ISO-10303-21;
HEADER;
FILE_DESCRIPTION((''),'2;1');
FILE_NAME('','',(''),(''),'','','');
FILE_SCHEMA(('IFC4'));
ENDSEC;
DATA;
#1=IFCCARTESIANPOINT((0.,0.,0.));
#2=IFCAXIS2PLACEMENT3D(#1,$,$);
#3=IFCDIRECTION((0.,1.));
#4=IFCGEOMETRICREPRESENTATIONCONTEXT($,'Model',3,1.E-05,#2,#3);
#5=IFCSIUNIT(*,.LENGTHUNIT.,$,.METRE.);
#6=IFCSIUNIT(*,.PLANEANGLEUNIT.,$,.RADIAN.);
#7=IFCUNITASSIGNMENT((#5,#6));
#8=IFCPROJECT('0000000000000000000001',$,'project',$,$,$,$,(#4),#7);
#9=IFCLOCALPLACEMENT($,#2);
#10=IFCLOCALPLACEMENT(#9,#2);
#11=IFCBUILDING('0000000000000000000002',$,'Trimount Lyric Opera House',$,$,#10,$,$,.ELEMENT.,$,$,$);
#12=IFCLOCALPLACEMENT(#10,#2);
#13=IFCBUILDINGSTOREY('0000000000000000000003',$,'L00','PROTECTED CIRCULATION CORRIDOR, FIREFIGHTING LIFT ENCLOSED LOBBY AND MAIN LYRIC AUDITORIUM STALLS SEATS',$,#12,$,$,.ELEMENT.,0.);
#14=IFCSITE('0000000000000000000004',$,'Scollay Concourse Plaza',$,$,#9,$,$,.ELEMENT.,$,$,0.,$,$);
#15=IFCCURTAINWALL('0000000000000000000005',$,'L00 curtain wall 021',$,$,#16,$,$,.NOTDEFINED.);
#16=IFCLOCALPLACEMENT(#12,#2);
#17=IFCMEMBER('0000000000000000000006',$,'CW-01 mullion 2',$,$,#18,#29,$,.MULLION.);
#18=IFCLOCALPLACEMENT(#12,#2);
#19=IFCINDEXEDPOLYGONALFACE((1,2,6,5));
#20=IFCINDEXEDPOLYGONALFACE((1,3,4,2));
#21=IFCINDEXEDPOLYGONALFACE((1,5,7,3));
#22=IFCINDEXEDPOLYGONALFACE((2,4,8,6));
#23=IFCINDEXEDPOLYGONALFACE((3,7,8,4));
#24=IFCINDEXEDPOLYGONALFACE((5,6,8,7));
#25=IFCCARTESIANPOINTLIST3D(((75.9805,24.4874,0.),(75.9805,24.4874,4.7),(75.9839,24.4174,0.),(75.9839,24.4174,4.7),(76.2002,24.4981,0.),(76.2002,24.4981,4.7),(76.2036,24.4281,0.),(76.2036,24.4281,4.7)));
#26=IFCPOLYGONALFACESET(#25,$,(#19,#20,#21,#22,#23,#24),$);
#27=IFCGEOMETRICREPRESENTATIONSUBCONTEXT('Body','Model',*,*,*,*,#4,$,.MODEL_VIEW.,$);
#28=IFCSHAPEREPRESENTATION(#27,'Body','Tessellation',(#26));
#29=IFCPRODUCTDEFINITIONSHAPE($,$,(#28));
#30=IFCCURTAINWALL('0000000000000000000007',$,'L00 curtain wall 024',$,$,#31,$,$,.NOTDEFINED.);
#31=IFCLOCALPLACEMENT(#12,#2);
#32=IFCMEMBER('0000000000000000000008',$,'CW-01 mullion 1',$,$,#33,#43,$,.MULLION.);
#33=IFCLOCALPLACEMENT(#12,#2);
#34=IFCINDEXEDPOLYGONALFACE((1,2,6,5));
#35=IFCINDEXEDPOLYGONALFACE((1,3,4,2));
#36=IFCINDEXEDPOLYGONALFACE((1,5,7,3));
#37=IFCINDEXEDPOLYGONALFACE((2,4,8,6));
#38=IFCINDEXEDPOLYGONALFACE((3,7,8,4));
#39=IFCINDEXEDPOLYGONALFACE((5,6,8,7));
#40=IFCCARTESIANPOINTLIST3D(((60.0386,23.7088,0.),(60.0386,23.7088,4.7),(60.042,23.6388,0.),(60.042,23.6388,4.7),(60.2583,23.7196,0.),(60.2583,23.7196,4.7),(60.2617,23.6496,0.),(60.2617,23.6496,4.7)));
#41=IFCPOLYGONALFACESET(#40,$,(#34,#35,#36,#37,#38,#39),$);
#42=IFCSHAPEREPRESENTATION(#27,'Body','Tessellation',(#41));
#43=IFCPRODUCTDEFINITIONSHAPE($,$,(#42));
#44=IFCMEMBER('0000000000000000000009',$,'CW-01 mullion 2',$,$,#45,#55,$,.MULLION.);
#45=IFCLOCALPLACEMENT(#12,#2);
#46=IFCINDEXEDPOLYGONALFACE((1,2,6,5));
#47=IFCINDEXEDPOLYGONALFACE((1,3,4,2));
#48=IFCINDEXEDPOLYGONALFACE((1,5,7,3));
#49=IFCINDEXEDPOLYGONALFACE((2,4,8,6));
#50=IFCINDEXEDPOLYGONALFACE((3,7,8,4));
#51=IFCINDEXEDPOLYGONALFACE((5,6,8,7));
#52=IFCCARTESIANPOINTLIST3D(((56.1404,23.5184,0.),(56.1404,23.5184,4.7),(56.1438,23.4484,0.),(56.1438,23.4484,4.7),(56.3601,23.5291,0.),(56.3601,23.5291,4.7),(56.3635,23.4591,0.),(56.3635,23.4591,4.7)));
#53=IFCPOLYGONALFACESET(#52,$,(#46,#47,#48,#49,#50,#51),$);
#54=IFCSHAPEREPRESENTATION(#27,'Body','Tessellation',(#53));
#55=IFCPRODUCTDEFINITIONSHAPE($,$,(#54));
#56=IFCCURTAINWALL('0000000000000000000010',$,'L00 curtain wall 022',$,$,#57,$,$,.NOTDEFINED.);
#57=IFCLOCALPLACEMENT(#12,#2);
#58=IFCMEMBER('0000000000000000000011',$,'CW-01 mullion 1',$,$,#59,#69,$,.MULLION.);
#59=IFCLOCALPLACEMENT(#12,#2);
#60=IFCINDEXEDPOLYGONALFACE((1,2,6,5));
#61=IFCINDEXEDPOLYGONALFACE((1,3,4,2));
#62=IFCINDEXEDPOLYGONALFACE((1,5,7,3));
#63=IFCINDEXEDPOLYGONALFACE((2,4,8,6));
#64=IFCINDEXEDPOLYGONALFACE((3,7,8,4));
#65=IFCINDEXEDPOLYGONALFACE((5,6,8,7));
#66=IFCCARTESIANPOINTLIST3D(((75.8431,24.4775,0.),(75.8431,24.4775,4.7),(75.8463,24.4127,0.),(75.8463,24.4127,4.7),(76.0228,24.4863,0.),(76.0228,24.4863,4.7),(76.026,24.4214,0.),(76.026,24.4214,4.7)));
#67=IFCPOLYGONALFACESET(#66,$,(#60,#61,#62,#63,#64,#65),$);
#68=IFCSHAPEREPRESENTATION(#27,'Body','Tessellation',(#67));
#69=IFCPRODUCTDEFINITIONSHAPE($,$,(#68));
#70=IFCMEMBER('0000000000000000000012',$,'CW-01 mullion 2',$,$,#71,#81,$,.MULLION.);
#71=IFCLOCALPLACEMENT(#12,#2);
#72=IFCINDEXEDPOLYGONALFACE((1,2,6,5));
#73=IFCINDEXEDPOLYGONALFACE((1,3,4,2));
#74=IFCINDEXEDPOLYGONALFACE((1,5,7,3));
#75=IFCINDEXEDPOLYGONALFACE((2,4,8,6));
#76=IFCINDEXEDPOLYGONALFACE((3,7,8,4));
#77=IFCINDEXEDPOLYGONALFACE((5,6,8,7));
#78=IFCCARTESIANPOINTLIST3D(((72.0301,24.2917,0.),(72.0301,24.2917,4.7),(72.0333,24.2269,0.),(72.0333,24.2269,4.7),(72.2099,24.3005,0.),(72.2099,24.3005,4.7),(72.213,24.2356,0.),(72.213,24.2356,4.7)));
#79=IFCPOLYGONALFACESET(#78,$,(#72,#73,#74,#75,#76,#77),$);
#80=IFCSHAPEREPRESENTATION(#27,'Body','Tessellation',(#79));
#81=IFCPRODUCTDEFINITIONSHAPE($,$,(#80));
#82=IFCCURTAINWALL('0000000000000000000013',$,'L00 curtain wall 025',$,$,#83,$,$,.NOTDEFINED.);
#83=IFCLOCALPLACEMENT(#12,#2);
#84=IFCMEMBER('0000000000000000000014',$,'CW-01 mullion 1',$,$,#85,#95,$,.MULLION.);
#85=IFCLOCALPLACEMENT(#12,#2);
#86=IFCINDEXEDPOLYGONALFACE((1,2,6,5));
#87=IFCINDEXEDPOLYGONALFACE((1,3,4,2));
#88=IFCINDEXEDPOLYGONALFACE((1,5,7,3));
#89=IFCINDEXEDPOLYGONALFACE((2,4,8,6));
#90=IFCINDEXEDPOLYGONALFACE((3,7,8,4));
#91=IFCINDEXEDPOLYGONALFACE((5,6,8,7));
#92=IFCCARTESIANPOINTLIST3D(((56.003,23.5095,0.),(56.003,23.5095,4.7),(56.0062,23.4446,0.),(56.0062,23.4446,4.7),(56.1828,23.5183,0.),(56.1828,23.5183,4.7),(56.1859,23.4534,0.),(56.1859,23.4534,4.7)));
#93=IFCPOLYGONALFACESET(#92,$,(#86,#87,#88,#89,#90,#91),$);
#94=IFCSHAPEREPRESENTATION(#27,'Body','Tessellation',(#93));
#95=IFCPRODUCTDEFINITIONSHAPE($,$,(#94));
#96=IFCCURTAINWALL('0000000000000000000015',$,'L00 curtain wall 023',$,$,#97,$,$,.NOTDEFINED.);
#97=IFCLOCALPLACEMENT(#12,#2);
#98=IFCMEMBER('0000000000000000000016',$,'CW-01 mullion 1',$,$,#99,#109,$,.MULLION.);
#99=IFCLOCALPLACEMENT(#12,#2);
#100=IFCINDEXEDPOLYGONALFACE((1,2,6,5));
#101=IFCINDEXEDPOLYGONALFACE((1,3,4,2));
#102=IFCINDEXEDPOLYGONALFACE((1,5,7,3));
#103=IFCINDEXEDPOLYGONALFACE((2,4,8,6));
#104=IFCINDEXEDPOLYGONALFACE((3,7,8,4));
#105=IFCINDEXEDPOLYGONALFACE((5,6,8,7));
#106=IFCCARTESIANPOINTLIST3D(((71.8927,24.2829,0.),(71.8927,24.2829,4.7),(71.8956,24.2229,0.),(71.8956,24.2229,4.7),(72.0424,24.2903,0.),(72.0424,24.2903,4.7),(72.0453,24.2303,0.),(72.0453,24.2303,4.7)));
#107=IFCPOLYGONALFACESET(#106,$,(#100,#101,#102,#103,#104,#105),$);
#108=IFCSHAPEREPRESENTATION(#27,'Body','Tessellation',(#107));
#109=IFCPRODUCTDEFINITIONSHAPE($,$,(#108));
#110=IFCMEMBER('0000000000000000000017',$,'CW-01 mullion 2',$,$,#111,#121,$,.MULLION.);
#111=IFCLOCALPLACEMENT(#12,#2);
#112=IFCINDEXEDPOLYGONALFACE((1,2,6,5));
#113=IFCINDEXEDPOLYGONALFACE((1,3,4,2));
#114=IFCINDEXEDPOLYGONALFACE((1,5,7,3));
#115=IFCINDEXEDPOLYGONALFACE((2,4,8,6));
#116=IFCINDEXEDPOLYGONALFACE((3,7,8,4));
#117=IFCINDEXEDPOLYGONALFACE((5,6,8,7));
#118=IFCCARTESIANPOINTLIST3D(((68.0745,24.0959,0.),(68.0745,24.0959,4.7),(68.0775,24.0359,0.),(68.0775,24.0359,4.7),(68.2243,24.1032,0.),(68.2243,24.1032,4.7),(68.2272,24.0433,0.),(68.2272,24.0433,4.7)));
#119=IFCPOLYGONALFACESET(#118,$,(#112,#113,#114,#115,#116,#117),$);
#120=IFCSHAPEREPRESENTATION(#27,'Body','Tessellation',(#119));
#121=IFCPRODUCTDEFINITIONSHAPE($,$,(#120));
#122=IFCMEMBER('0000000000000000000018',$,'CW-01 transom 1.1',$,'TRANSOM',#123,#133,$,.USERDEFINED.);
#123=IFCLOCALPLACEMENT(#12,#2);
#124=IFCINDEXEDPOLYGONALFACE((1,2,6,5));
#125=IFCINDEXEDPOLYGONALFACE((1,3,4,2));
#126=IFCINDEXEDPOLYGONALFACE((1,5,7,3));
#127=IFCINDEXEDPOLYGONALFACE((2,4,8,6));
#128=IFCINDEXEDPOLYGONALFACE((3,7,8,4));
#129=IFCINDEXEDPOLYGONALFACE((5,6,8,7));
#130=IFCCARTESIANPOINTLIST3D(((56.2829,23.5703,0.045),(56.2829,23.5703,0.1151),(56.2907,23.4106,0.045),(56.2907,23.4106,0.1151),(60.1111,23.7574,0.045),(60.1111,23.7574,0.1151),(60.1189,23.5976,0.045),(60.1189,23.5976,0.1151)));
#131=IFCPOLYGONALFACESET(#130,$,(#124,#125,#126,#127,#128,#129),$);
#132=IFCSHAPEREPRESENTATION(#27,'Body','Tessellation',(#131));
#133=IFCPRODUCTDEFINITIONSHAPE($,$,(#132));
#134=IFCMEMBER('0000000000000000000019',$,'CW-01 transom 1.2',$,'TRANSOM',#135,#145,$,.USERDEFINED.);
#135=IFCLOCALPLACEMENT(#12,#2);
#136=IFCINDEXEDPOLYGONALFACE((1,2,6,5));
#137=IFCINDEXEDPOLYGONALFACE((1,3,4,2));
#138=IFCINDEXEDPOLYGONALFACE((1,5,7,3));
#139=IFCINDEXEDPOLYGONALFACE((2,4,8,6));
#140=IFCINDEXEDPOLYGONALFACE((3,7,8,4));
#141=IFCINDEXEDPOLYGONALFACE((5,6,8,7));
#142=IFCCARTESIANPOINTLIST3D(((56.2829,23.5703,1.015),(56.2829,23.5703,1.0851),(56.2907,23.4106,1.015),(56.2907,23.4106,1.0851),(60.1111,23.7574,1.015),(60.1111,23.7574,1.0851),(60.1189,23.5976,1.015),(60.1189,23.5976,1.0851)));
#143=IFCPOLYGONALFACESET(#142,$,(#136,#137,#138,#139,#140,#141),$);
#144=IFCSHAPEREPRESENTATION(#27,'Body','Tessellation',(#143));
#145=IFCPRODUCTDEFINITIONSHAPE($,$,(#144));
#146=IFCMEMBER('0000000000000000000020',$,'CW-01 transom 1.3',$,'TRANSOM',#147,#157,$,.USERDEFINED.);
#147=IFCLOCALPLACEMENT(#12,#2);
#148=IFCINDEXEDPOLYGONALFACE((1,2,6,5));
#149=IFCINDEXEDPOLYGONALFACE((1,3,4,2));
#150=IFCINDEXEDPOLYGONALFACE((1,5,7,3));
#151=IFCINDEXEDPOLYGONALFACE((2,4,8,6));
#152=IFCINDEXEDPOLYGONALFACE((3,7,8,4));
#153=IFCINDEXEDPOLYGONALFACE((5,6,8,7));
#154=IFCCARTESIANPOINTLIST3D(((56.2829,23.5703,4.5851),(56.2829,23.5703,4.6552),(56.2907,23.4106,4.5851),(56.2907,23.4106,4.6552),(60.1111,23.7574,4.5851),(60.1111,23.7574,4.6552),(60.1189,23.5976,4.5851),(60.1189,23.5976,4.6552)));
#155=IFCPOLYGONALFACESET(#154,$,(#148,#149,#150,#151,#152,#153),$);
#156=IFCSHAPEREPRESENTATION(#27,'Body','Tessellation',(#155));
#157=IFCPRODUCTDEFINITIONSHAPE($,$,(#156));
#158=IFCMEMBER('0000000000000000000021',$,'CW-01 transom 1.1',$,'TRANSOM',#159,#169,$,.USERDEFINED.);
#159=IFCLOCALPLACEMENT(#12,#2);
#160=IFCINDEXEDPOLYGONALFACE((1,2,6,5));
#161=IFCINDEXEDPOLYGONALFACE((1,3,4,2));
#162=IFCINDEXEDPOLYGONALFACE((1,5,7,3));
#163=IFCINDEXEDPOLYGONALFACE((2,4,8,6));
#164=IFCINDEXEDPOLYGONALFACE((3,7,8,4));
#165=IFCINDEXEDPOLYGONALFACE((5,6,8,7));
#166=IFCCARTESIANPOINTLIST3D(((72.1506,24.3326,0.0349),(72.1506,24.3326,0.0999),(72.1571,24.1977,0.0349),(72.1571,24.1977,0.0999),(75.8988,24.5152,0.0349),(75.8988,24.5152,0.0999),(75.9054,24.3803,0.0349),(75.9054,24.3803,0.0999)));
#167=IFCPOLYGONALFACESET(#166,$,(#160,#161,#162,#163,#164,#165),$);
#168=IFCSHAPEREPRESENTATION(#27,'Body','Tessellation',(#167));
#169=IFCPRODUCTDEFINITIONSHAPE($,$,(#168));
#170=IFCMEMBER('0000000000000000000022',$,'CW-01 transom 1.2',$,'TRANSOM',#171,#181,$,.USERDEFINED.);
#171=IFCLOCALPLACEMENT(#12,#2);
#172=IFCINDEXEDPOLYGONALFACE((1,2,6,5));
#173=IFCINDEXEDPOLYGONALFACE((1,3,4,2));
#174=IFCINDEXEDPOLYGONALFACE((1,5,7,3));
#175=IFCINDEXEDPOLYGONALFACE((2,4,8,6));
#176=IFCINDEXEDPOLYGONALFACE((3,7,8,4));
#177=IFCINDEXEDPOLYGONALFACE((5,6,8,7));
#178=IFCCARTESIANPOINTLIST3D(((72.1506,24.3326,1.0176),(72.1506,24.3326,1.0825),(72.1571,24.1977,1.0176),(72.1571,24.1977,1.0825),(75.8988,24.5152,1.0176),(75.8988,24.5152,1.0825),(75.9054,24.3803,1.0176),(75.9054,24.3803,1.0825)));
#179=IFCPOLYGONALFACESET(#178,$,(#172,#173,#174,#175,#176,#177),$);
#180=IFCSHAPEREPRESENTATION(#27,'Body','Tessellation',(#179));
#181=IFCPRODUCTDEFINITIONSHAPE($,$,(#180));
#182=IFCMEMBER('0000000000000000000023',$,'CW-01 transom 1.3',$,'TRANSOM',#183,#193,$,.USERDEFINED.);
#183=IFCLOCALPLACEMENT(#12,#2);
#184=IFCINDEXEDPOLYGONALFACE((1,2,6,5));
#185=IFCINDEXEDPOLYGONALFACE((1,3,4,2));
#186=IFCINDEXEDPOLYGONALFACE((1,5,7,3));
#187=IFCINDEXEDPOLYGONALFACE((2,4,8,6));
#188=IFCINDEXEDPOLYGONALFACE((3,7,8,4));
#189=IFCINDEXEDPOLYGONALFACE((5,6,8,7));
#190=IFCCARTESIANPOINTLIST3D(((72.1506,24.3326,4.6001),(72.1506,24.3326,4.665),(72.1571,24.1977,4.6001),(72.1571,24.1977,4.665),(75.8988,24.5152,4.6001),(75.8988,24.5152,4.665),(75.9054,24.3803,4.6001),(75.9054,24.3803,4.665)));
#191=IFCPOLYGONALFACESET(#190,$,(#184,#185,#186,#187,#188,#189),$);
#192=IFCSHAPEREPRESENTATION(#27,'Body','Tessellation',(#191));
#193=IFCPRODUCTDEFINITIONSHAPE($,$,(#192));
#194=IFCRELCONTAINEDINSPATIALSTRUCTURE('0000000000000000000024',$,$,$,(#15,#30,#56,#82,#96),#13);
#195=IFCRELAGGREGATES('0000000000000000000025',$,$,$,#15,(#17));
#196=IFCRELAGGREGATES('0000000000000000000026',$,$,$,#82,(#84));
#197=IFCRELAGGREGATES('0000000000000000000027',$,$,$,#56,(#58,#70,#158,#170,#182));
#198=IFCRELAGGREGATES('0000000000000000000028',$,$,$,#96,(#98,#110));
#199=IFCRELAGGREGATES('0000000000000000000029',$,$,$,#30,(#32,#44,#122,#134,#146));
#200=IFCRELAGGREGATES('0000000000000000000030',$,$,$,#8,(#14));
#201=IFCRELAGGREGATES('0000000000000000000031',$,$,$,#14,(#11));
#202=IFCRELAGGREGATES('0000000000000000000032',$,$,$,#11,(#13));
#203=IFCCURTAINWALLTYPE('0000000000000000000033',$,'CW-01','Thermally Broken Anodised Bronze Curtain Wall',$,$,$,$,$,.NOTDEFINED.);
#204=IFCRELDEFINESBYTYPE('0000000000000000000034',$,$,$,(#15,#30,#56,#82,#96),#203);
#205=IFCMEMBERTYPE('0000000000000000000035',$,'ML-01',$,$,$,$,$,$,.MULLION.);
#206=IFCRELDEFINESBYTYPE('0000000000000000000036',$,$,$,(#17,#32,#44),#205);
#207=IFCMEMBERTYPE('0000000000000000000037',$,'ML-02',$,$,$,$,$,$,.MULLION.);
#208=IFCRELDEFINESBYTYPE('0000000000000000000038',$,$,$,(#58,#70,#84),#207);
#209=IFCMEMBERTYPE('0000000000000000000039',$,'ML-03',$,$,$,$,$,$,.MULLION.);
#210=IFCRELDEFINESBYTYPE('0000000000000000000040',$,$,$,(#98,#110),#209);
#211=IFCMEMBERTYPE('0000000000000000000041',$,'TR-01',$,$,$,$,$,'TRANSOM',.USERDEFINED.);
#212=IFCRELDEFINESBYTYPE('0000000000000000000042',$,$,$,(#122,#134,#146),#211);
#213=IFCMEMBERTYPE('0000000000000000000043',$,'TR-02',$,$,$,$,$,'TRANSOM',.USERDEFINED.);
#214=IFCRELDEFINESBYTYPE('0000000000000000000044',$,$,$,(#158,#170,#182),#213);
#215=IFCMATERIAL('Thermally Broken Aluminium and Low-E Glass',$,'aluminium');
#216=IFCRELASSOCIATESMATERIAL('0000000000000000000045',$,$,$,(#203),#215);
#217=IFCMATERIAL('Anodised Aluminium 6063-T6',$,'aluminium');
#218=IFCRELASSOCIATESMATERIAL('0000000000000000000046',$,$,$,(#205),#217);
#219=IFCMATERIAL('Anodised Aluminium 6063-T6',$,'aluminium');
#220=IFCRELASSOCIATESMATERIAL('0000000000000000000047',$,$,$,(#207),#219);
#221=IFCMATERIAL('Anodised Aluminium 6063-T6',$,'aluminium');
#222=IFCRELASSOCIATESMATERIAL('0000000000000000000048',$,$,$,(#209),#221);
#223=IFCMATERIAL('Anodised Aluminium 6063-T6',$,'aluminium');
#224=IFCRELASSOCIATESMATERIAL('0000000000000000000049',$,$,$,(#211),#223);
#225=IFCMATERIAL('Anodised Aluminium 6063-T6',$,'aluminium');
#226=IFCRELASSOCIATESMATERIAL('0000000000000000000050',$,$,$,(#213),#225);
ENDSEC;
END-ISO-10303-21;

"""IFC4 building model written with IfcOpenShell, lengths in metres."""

from ifc_helpers import new_model, si_unit, direction, frame, origin, origin_2d, place, context, subcontext, project, spatial, rectangle, extrude, material, material_profile, profile_set, type_object, element, aggregate, save


model = new_model("IFC4")

# Units and contexts
model_context = context("Model", 3, precision=1e-05, world=origin(), true_north=direction((0.0, 1.0)))
body_context = subcontext(model_context, "Body", "Model", "MODEL_VIEW")
ifc_project = project(units=[si_unit("LENGTHUNIT", "METRE"), si_unit("PLANEANGLEUNIT", "RADIAN")], contexts=[model_context])

# Site, building, storey
site_placement = place(None, origin())
site = spatial("IfcSite", under=ifc_project, at=site_placement, Name="Scollay Concourse Plaza", CompositionType="ELEMENT", RefElevation=0.0)
building_placement = place(site_placement, origin())
building = spatial("IfcBuilding", under=site, at=building_placement, Name="Trimount Lyric Opera House", CompositionType="ELEMENT")
storey_placement = place(building_placement, origin())
storey = spatial("IfcBuildingStorey", under=building, at=storey_placement, Name="L00", Description="PROTECTED CIRCULATION CORRIDOR, FIREFIGHTING LIFT ENCLOSED LOBBY AND MAIN LYRIC AUDITORIUM STALLS SEATS", CompositionType="ELEMENT", Elevation=0.0)

# Curtain wall, member
ifc_material_1 = material(Name="Thermally Broken Aluminium and Low-E Glass", Category="aluminium")
curtain_wall_type = type_object("IfcCurtainWallType", Name="CW-01", Description="Thermally Broken Anodised Bronze Curtain Wall", PredefinedType="NOTDEFINED", material=ifc_material_1)
curtain_wall_1_placement = place(storey_placement, origin())
curtain_wall_1 = element("IfcCurtainWall", 1, at=curtain_wall_1_placement, inside=storey, type_object=curtain_wall_type, Name="L00 curtain wall 021", PredefinedType="NOTDEFINED")
ifc_material_2 = material(Name="Anodised Aluminium 6063-T6", Category="aluminium")
ifc_material_profile_1 = material_profile(ifc_material_2, rectangle(XDim=0.0701, YDim=0.22, at=origin_2d()), Name="ALU-MULL-70X220")
ifc_profile_set_1 = profile_set([ifc_material_profile_1], Name="Anodised Aluminium 6063-T6")
member_type_1 = type_object("IfcMemberType", Name="ML-01", PredefinedType="MULLION", material=ifc_profile_set_1)
member_1_placement = place(storey_placement, frame((76.092, 24.4578, 0.0), z_axis=(0.0, 0.0, 1.0), x_axis=(0.048679, -0.998814, 0.0)))
member_1 = element("IfcMember", 2, at=member_1_placement, type_object=member_type_1, Name="CW-01 mullion 2", PredefinedType="MULLION", context=body_context, shape_type="SweptSolid", body=[
    extrude(rectangle(XDim=0.0701, YDim=0.22, at=origin_2d()), origin(), (0.0, 0.0, 1.0), 4.7),
])
aggregate(curtain_wall_1, [member_1])

# Curtain walls, members
curtain_wall_2_placement = place(storey_placement, origin())
curtain_wall_2 = element("IfcCurtainWall", 3, at=curtain_wall_2_placement, inside=storey, type_object=curtain_wall_type, Name="L00 curtain wall 024", PredefinedType="NOTDEFINED")
member_2_placement = place(storey_placement, frame((60.1501, 23.6792, 0.0), z_axis=(0.0, 0.0, 1.0), x_axis=(0.048833, -0.998807, 0.0)))
member_2 = element("IfcMember", 4, at=member_2_placement, type_object=member_type_1, Name="CW-01 mullion 1", PredefinedType="MULLION", context=body_context, shape_type="SweptSolid", body=[
    extrude(rectangle(XDim=0.0701, YDim=0.22, at=origin_2d()), origin(), (0.0, 0.0, 1.0), 4.7),
])
member_3_placement = place(storey_placement, frame((56.252, 23.4888, 0.0), z_axis=(0.0, 0.0, 1.0), x_axis=(0.048833, -0.998807, 0.0)))
member_3 = element("IfcMember", 5, at=member_3_placement, type_object=member_type_1, Name="CW-01 mullion 2", PredefinedType="MULLION", context=body_context, shape_type="SweptSolid", body=[
    extrude(rectangle(XDim=0.0701, YDim=0.22, at=origin_2d()), origin(), (0.0, 0.0, 1.0), 4.7),
])
curtain_wall_3_placement = place(storey_placement, origin())
curtain_wall_3 = element("IfcCurtainWall", 6, at=curtain_wall_3_placement, inside=storey, type_object=curtain_wall_type, Name="L00 curtain wall 022", PredefinedType="NOTDEFINED")
ifc_material_3 = material(Name="Anodised Aluminium 6063-T6", Category="aluminium")
ifc_material_profile_2 = material_profile(ifc_material_3, rectangle(XDim=0.0649, YDim=0.1799, at=origin_2d()), Name="ALU-MULL-65X180")
ifc_profile_set_2 = profile_set([ifc_material_profile_2], Name="Anodised Aluminium 6063-T6")
member_type_2 = type_object("IfcMemberType", Name="ML-02", PredefinedType="MULLION", material=ifc_profile_set_2)
member_4_placement = place(storey_placement, frame((75.9346, 24.4495, 0.0), z_axis=(0.0, 0.0, 1.0), x_axis=(0.048679, -0.998814, 0.0)))
member_4 = element("IfcMember", 7, at=member_4_placement, type_object=member_type_2, Name="CW-01 mullion 1", PredefinedType="MULLION", context=body_context, shape_type="SweptSolid", body=[
    extrude(rectangle(XDim=0.0649, YDim=0.1799, at=origin_2d()), origin(), (0.0, 0.0, 1.0), 4.7),
])
member_5_placement = place(storey_placement, frame((72.1216, 24.2637, 0.0), z_axis=(0.0, 0.0, 1.0), x_axis=(0.048679, -0.998814, 0.0)))
member_5 = element("IfcMember", 8, at=member_5_placement, type_object=member_type_2, Name="CW-01 mullion 2", PredefinedType="MULLION", context=body_context, shape_type="SweptSolid", body=[
    extrude(rectangle(XDim=0.0649, YDim=0.1799, at=origin_2d()), origin(), (0.0, 0.0, 1.0), 4.7),
])

# Curtain wall, member
curtain_wall_4_placement = place(storey_placement, origin())
curtain_wall_4 = element("IfcCurtainWall", 9, at=curtain_wall_4_placement, inside=storey, type_object=curtain_wall_type, Name="L00 curtain wall 025", PredefinedType="NOTDEFINED")
member_6_placement = place(storey_placement, frame((56.0945, 23.4814, 0.0), z_axis=(0.0, 0.0, 1.0), x_axis=(0.048679, -0.998814, 0.0)))
member_6 = element("IfcMember", 10, at=member_6_placement, type_object=member_type_2, Name="CW-01 mullion 1", PredefinedType="MULLION", context=body_context, shape_type="SweptSolid", body=[
    extrude(rectangle(XDim=0.0649, YDim=0.1799, at=origin_2d()), origin(), (0.0, 0.0, 1.0), 4.7),
])
aggregate(curtain_wall_4, [member_6])

# Curtain wall, members
curtain_wall_5_placement = place(storey_placement, origin())
curtain_wall_5 = element("IfcCurtainWall", 11, at=curtain_wall_5_placement, inside=storey, type_object=curtain_wall_type, Name="L00 curtain wall 023", PredefinedType="NOTDEFINED")
ifc_material_4 = material(Name="Anodised Aluminium 6063-T6", Category="aluminium")
ifc_material_profile_3 = material_profile(ifc_material_4, rectangle(XDim=0.0601, YDim=0.1499, at=origin_2d()), Name="ALU-MULL-60X150")
ifc_profile_set_3 = profile_set([ifc_material_profile_3], Name="Anodised Aluminium 6063-T6")
member_type_3 = type_object("IfcMemberType", Name="ML-03", PredefinedType="MULLION", material=ifc_profile_set_3)
member_7_placement = place(storey_placement, frame((71.969, 24.2566, 0.0), z_axis=(0.0, 0.0, 1.0), x_axis=(0.048936, -0.998802, 0.0)))
member_7 = element("IfcMember", 12, at=member_7_placement, type_object=member_type_3, Name="CW-01 mullion 1", PredefinedType="MULLION", context=body_context, shape_type="SweptSolid", body=[
    extrude(rectangle(XDim=0.0601, YDim=0.1499, at=origin_2d()), origin(), (0.0, 0.0, 1.0), 4.7),
])
member_8_placement = place(storey_placement, frame((68.1509, 24.0696, 0.0), z_axis=(0.0, 0.0, 1.0), x_axis=(0.048936, -0.998802, 0.0)))
member_8 = element("IfcMember", 13, at=member_8_placement, type_object=member_type_3, Name="CW-01 mullion 2", PredefinedType="MULLION", context=body_context, shape_type="SweptSolid", body=[
    extrude(rectangle(XDim=0.0601, YDim=0.1499, at=origin_2d()), origin(), (0.0, 0.0, 1.0), 4.7),
])

# Members
ifc_material_5 = material(Name="Anodised Aluminium 6063-T6", Category="aluminium")
ifc_material_profile_4 = material_profile(ifc_material_5, rectangle(XDim=0.1599, YDim=0.0701, at=origin_2d()), Name="ALU-TRAN-70X160")
ifc_profile_set_4 = profile_set([ifc_material_profile_4], Name="Anodised Aluminium 6063-T6")
member_type_4 = type_object("IfcMemberType", Name="TR-01", ElementType="TRANSOM", PredefinedType="USERDEFINED", material=ifc_profile_set_4)
member_9_placement = place(storey_placement, frame((60.115, 23.6775, 0.0801), z_axis=(-0.998809, -0.048794, 0.0), x_axis=(0.048794, -0.998809, 0.0)))
member_9 = element("IfcMember", 14, at=member_9_placement, type_object=member_type_4, Name="CW-01 transom 1.1", ObjectType="TRANSOM", PredefinedType="USERDEFINED", context=body_context, shape_type="SweptSolid", body=[
    extrude(rectangle(XDim=0.1599, YDim=0.0701, at=origin_2d()), origin(), (0.0, 0.0, 1.0), 3.8328),
])
member_10_placement = place(storey_placement, frame((60.115, 23.6775, 1.05), z_axis=(-0.998809, -0.048794, 0.0), x_axis=(0.048794, -0.998809, 0.0)))
member_10 = element("IfcMember", 15, at=member_10_placement, type_object=member_type_4, Name="CW-01 transom 1.2", ObjectType="TRANSOM", PredefinedType="USERDEFINED", context=body_context, shape_type="SweptSolid", body=[
    extrude(rectangle(XDim=0.1599, YDim=0.0701, at=origin_2d()), origin(), (0.0, 0.0, 1.0), 3.8328),
])
member_11_placement = place(storey_placement, frame((60.115, 23.6775, 4.6201), z_axis=(-0.998809, -0.048794, 0.0), x_axis=(0.048794, -0.998809, 0.0)))
member_11 = element("IfcMember", 16, at=member_11_placement, type_object=member_type_4, Name="CW-01 transom 1.3", ObjectType="TRANSOM", PredefinedType="USERDEFINED", context=body_context, shape_type="SweptSolid", body=[
    extrude(rectangle(XDim=0.1599, YDim=0.0701, at=origin_2d()), origin(), (0.0, 0.0, 1.0), 3.8328),
])
ifc_material_6 = material(Name="Anodised Aluminium 6063-T6", Category="aluminium")
ifc_material_profile_5 = material_profile(ifc_material_6, rectangle(XDim=0.135, YDim=0.0649, at=origin_2d()), Name="ALU-TRAN-65X135")
ifc_profile_set_5 = profile_set([ifc_material_profile_5], Name="Anodised Aluminium 6063-T6")
member_type_5 = type_object("IfcMemberType", Name="TR-02", ElementType="TRANSOM", PredefinedType="USERDEFINED", material=ifc_profile_set_5)
member_12_placement = place(storey_placement, frame((75.9021, 24.4478, 0.0674), z_axis=(-0.998815, -0.048662, 0.0), x_axis=(0.048662, -0.998815, 0.0)))
member_12 = element("IfcMember", 17, at=member_12_placement, type_object=member_type_5, Name="CW-01 transom 1.1", ObjectType="TRANSOM", PredefinedType="USERDEFINED", context=body_context, shape_type="SweptSolid", body=[
    extrude(rectangle(XDim=0.135, YDim=0.0649, at=origin_2d()), origin(), (0.0, 0.0, 1.0), 3.7527),
])
member_13_placement = place(storey_placement, frame((75.9021, 24.4478, 1.05), z_axis=(-0.998815, -0.048662, 0.0), x_axis=(0.048662, -0.998815, 0.0)))
member_13 = element("IfcMember", 18, at=member_13_placement, type_object=member_type_5, Name="CW-01 transom 1.2", ObjectType="TRANSOM", PredefinedType="USERDEFINED", context=body_context, shape_type="SweptSolid", body=[
    extrude(rectangle(XDim=0.135, YDim=0.0649, at=origin_2d()), origin(), (0.0, 0.0, 1.0), 3.7527),
])
member_14_placement = place(storey_placement, frame((75.9021, 24.4478, 4.6326), z_axis=(-0.998815, -0.048662, 0.0), x_axis=(0.048662, -0.998815, 0.0)))
member_14 = element("IfcMember", 19, at=member_14_placement, type_object=member_type_5, Name="CW-01 transom 1.3", ObjectType="TRANSOM", PredefinedType="USERDEFINED", context=body_context, shape_type="SweptSolid", body=[
    extrude(rectangle(XDim=0.135, YDim=0.0649, at=origin_2d()), origin(), (0.0, 0.0, 1.0), 3.7527),
])

aggregate(curtain_wall_3, [member_4, member_5, member_12, member_13, member_14])
aggregate(curtain_wall_5, [member_7, member_8])
aggregate(curtain_wall_2, [member_2, member_3, member_9, member_10, member_11])

save(model, "model.ifc")
